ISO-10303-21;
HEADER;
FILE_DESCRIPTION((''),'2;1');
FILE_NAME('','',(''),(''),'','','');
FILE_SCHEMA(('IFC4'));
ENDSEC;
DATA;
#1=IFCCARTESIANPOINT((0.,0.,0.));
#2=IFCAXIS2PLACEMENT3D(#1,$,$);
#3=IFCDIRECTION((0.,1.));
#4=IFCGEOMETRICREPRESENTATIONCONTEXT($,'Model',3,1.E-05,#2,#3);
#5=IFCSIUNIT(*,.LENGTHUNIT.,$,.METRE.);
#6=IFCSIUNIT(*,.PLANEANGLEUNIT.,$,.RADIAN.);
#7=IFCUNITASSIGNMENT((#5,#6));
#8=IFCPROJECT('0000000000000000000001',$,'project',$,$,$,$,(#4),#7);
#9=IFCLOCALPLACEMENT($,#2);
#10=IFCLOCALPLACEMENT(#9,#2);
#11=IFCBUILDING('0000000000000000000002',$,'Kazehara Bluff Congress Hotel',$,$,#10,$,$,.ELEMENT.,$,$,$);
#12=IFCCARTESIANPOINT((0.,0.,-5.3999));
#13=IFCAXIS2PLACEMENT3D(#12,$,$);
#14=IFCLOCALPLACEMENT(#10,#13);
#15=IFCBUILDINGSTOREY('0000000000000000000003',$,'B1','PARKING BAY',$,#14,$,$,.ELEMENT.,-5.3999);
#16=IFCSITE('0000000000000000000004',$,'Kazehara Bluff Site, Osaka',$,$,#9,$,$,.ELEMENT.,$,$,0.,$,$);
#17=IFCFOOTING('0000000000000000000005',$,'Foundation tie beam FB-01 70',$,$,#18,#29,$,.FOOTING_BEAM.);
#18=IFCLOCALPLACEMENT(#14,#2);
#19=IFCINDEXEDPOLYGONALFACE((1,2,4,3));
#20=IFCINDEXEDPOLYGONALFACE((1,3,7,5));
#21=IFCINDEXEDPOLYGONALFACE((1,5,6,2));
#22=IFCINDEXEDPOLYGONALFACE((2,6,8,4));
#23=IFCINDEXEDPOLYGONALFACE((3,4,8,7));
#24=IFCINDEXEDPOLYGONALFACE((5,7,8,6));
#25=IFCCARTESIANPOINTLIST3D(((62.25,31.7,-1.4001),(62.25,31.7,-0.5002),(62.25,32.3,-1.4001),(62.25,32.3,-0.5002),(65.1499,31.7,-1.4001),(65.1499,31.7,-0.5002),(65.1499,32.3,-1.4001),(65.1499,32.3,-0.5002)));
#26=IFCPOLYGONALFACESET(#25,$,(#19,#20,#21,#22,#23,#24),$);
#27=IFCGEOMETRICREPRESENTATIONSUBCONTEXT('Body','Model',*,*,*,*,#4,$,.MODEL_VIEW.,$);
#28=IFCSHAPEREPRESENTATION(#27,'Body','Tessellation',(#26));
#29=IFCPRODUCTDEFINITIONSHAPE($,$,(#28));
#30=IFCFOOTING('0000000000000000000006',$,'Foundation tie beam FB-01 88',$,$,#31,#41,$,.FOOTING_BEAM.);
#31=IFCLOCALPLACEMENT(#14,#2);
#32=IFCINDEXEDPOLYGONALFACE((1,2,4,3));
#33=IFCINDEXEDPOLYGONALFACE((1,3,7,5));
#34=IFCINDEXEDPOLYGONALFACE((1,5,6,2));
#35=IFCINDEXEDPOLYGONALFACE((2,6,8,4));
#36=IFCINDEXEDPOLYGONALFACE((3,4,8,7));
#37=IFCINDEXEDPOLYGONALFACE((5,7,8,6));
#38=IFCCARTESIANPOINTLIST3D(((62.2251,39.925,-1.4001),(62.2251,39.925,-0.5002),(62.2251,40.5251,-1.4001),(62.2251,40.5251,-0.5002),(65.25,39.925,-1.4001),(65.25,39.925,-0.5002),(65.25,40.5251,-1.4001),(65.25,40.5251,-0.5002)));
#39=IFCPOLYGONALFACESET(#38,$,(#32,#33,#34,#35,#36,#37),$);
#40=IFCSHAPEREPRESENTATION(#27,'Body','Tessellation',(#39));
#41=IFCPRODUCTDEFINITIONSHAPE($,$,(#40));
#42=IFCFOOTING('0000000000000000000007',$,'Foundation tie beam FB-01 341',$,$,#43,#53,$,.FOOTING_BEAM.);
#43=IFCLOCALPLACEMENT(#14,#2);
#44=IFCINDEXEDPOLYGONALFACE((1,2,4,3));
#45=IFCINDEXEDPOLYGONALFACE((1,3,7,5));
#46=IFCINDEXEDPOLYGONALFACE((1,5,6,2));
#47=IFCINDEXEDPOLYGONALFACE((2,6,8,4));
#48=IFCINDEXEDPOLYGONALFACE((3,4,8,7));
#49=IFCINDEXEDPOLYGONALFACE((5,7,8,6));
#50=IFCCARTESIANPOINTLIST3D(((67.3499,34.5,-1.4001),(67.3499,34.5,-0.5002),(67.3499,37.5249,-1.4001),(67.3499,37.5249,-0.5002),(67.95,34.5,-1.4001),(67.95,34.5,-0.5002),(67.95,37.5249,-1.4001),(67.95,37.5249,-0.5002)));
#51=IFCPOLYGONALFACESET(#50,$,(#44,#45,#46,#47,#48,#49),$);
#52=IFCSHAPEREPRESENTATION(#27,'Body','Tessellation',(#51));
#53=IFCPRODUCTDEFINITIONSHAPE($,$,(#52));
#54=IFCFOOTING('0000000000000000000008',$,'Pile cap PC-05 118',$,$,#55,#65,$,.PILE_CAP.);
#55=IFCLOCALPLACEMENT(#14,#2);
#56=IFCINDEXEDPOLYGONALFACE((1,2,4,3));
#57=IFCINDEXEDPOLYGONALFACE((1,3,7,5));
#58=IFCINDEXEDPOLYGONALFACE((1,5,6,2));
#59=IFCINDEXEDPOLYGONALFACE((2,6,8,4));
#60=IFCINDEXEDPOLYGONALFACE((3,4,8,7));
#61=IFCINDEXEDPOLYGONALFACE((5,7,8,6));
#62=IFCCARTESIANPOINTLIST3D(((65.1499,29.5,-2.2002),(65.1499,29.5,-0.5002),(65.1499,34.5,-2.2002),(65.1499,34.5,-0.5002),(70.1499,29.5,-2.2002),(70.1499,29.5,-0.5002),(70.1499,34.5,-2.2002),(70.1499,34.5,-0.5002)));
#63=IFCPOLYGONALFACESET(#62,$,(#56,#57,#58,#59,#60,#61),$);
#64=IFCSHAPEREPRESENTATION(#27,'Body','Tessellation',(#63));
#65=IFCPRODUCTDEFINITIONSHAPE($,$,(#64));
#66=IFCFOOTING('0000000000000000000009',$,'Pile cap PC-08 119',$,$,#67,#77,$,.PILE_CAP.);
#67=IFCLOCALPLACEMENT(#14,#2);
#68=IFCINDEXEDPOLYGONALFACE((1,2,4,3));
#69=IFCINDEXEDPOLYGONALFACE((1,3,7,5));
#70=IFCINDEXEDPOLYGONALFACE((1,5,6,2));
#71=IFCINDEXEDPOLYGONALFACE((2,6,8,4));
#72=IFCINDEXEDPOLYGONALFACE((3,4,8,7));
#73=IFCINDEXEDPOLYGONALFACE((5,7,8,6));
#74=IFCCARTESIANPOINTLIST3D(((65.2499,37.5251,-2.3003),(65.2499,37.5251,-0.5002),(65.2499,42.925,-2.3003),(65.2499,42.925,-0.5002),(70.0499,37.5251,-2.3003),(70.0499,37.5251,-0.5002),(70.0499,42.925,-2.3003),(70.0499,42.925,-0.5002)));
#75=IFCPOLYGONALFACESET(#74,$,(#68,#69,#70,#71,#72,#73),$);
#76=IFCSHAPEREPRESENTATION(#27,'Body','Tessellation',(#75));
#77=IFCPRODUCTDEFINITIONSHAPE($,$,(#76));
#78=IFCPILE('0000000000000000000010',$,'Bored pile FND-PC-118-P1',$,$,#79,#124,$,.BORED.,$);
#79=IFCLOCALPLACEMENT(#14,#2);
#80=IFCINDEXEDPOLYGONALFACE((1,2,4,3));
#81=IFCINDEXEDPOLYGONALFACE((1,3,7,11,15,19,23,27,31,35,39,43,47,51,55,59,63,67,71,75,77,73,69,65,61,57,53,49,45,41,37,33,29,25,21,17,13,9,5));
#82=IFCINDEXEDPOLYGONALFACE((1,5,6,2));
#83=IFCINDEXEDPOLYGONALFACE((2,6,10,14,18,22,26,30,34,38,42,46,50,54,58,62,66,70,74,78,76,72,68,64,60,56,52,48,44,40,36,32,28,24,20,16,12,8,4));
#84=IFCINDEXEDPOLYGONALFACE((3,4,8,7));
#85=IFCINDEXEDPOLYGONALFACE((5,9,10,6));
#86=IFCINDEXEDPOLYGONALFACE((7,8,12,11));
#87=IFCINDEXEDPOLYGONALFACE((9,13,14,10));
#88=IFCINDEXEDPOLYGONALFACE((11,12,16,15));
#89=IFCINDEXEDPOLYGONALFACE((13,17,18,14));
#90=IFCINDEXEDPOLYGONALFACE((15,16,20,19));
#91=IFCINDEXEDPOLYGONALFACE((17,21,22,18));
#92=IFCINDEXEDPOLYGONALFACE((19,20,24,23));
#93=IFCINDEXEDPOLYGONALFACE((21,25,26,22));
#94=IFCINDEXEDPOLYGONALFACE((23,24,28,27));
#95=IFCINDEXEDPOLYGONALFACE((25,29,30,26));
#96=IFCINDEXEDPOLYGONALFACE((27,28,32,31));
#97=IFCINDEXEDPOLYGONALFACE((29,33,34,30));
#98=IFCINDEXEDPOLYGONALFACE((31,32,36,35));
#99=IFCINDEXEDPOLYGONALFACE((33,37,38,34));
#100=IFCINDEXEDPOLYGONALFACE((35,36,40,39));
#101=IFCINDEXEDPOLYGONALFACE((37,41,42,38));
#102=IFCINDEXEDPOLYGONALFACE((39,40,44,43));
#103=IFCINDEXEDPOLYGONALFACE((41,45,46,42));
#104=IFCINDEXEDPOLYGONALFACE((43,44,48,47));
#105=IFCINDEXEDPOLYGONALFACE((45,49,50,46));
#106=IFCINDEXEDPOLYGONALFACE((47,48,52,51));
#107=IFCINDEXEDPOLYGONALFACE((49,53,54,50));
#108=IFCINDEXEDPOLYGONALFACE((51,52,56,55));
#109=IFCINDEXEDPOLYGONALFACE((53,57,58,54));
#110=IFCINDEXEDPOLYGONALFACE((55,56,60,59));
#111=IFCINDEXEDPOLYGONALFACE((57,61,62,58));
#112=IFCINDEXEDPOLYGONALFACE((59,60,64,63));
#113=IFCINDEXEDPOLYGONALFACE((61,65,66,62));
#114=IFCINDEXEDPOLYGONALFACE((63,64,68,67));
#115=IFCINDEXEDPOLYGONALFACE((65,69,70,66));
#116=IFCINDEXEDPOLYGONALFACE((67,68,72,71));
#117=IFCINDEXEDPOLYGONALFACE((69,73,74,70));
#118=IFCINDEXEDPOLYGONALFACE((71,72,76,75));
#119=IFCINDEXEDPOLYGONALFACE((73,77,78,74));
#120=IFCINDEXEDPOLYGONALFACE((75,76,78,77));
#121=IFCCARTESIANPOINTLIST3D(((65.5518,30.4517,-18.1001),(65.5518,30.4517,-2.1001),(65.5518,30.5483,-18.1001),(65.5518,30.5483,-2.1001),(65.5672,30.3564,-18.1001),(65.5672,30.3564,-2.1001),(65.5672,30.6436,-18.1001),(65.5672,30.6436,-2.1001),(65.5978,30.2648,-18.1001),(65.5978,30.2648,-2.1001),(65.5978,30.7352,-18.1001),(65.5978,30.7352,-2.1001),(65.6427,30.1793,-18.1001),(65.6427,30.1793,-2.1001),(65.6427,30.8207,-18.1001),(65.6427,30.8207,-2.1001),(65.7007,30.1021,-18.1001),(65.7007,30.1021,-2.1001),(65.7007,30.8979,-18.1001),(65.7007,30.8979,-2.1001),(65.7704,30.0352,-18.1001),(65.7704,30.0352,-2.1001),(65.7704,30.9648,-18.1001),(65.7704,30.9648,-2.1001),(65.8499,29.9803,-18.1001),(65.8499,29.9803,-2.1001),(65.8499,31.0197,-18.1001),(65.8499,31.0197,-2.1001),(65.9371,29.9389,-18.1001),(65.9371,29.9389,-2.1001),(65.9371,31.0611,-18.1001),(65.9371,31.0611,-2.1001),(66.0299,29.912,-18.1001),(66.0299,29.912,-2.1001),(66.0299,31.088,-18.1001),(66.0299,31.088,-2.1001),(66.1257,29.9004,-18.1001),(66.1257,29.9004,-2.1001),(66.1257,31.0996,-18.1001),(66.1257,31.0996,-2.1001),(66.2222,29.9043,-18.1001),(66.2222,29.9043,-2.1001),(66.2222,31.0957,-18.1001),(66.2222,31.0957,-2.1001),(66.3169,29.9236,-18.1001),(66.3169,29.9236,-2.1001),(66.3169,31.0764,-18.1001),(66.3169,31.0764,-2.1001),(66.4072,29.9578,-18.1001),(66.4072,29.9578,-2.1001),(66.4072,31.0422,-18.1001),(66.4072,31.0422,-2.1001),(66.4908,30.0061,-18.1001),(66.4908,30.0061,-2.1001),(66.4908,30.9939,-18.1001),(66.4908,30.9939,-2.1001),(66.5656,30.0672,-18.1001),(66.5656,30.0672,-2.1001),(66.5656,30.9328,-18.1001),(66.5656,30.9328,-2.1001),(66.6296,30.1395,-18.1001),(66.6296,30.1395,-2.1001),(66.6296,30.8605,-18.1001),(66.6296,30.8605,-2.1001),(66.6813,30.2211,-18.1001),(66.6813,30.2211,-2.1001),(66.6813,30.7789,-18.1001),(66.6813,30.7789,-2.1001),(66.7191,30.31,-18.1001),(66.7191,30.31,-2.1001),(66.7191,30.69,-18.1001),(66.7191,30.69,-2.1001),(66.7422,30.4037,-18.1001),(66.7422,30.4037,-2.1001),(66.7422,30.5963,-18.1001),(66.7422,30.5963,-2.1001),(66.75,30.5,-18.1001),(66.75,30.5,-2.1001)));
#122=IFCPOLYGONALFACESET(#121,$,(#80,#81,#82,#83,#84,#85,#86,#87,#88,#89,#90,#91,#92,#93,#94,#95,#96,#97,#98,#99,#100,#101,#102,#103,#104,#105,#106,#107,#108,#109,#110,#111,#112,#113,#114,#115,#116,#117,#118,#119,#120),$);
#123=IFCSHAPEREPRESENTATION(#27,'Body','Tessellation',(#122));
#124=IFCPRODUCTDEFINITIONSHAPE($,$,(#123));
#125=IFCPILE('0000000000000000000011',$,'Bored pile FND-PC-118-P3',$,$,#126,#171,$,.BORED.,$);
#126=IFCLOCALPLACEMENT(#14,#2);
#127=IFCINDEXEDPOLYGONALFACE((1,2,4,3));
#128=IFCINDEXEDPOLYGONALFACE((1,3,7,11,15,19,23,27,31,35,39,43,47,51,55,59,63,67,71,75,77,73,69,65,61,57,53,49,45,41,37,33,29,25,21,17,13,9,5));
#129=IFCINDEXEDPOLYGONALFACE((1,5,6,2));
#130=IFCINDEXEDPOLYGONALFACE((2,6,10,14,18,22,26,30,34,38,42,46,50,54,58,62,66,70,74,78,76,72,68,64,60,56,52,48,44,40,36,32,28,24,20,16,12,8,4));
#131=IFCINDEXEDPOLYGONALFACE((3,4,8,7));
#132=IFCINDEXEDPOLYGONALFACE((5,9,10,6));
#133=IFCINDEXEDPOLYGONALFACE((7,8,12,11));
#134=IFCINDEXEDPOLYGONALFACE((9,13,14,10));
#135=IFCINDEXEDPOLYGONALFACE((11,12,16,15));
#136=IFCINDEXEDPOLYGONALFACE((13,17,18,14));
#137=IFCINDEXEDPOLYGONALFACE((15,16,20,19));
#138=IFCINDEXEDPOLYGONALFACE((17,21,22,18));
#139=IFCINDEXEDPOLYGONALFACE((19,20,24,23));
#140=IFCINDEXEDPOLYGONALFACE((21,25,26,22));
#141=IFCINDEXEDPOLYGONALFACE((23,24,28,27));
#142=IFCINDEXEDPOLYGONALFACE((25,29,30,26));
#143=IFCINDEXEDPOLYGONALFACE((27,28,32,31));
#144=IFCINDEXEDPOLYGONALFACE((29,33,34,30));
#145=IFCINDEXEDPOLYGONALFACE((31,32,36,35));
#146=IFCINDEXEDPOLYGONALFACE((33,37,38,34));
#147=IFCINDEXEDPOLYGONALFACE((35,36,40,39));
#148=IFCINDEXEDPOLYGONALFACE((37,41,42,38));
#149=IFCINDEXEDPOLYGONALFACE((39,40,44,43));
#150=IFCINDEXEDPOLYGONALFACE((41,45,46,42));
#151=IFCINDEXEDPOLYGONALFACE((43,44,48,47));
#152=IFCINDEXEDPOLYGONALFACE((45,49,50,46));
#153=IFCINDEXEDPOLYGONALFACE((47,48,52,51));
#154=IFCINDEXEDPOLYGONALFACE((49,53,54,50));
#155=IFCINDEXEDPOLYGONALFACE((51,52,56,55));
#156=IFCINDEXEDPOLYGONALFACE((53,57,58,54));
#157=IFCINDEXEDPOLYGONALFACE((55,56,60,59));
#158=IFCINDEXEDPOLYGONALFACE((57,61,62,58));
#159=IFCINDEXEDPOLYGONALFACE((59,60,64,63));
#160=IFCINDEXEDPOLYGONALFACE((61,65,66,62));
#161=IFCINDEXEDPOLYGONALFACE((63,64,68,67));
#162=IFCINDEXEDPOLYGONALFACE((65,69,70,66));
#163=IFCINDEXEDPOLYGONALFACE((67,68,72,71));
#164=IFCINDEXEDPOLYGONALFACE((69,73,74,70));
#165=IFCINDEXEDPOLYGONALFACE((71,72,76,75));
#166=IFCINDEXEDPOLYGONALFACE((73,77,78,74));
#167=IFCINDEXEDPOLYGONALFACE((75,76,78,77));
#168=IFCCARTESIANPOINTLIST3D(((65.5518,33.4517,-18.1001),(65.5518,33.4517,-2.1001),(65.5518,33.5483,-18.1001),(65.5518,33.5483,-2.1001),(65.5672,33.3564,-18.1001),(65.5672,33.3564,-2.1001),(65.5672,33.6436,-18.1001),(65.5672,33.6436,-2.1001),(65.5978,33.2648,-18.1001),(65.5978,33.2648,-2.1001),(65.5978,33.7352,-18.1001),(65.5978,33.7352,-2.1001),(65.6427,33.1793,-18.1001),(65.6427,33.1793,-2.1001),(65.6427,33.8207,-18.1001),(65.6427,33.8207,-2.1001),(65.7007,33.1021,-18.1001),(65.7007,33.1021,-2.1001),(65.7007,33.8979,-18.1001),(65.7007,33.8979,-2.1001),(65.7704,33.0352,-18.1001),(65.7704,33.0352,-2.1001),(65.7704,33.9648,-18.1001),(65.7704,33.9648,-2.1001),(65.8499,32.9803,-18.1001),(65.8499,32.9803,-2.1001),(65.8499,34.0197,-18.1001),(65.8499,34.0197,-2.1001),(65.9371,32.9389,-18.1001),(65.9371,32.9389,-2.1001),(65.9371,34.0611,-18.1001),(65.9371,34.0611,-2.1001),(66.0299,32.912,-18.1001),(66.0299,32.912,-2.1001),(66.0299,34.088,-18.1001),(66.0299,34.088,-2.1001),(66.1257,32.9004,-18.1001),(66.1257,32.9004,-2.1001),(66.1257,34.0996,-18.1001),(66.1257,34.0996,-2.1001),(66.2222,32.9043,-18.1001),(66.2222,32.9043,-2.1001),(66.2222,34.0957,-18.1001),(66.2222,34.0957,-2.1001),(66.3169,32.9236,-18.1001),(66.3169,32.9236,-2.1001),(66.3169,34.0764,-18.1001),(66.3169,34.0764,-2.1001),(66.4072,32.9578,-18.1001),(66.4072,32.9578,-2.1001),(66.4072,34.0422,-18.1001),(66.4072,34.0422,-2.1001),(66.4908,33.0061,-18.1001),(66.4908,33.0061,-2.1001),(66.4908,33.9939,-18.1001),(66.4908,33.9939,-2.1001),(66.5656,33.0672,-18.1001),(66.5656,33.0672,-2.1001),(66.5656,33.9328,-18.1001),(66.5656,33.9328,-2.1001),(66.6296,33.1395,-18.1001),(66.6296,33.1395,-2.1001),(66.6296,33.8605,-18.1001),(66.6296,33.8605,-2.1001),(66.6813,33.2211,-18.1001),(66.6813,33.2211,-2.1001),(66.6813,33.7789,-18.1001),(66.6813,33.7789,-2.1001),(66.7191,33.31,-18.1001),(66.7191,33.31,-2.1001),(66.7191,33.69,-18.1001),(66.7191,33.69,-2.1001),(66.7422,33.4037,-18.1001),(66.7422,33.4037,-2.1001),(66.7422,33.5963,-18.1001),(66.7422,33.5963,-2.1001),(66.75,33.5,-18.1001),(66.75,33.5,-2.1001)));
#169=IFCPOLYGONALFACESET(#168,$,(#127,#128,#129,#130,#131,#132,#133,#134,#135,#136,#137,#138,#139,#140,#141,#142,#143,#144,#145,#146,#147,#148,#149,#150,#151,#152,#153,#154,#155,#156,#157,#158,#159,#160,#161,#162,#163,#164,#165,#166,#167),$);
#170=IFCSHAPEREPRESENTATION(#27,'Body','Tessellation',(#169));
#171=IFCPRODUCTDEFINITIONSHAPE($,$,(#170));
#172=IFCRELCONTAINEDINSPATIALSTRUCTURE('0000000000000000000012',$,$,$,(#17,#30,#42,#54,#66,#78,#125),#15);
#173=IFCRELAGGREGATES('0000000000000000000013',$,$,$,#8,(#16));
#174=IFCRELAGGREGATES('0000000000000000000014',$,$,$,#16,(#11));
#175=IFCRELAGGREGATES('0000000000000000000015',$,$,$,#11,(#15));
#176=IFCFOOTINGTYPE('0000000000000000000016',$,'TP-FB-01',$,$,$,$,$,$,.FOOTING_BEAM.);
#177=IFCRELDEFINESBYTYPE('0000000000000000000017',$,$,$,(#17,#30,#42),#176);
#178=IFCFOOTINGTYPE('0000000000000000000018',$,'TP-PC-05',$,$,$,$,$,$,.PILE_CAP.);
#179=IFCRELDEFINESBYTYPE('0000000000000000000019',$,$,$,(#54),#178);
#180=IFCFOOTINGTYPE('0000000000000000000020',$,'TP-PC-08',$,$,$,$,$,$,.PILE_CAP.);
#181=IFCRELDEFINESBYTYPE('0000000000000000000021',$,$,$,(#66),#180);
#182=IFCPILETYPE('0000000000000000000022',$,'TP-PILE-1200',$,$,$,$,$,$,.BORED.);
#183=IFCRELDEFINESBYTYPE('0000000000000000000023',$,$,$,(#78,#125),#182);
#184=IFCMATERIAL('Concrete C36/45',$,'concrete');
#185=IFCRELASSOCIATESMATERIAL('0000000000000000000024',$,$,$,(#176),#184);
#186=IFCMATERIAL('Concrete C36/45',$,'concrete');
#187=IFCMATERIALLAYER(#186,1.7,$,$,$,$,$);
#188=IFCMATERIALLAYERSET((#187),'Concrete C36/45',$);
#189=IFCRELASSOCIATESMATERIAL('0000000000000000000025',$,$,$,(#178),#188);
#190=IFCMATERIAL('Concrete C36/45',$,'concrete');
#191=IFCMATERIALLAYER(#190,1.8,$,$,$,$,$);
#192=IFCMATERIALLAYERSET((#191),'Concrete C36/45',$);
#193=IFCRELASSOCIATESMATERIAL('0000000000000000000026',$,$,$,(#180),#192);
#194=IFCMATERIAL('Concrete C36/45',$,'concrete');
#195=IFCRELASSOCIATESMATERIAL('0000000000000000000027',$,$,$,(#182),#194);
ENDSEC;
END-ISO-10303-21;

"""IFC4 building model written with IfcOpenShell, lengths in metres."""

from ifc_helpers import new_model, si_unit, direction, frame, origin, origin_2d, place, context, subcontext, project, spatial, rectangle, circle, extrude, material, layer, layer_set, material_profile, profile_set, type_object, element, save


model = new_model("IFC4")

# Units and contexts
model_context = context("Model", 3, precision=1e-05, world=origin(), true_north=direction((0.0, 1.0)))
body_context = subcontext(model_context, "Body", "Model", "MODEL_VIEW")
ifc_project = project(units=[si_unit("LENGTHUNIT", "METRE"), si_unit("PLANEANGLEUNIT", "RADIAN")], contexts=[model_context])

# Site, building, storey
site_placement = place(None, origin())
site = spatial("IfcSite", under=ifc_project, at=site_placement, Name="Kazehara Bluff Site, Osaka", CompositionType="ELEMENT", RefElevation=0.0)
building_placement = place(site_placement, origin())
building = spatial("IfcBuilding", under=site, at=building_placement, Name="Kazehara Bluff Congress Hotel", CompositionType="ELEMENT")
storey_placement = place(building_placement, frame((0.0, 0.0, -5.3999)))
storey = spatial("IfcBuildingStorey", under=building, at=storey_placement, Name="B1", Description="PARKING BAY", CompositionType="ELEMENT", Elevation=-5.3999)

# Footings
ifc_material_1 = material(Name="Concrete C36/45", Category="concrete")
ifc_material_profile_1 = material_profile(ifc_material_1, rectangle(XDim=0.6001, YDim=0.8999, at=origin_2d()))
ifc_profile_set_1 = profile_set([ifc_material_profile_1], Name="Concrete C36/45")
footing_type_1 = type_object("IfcFootingType", Name="TP-FB-01", PredefinedType="FOOTING_BEAM", material=ifc_profile_set_1)
footing_1_placement = place(storey_placement, frame((62.25, 32.0, -0.9502), z_axis=(1.0, 0.0, 0.0), x_axis=(0.0, 1.0, 0.0)))
element("IfcFooting", 1, at=footing_1_placement, inside=storey, type_object=footing_type_1, Name="Foundation tie beam FB-01 70", PredefinedType="FOOTING_BEAM", context=body_context, shape_type="SweptSolid", body=[
    extrude(rectangle(XDim=0.6001, YDim=0.8999, at=origin_2d()), origin(), (0.0, 0.0, 1.0), 2.8999),
])
for number, where, z_axis, x_axis, name in (
    (2, (62.2251, 40.2251, -0.9502), (1.0, 0.0, 0.0), (0.0, 1.0, 0.0), "Foundation tie beam FB-01 88"),
    (3, (67.6499, 34.5, -0.9502), (0.0, 1.0, 0.0), (-1.0, 0.0, 0.0), "Foundation tie beam FB-01 341"),
):
    element("IfcFooting", number, at=place(storey_placement, frame(where, z_axis=z_axis, x_axis=x_axis)), inside=storey, type_object=footing_type_1, Name=name, PredefinedType="FOOTING_BEAM", context=body_context, shape_type="SweptSolid", body=[
        extrude(rectangle(XDim=0.6001, YDim=0.8999, at=origin_2d()), origin(), (0.0, 0.0, 1.0), 3.0249),
    ])
ifc_material_2 = material(Name="Concrete C36/45", Category="concrete")
ifc_layer_1 = layer(ifc_material_2, 1.7)
ifc_layer_set_1 = layer_set([ifc_layer_1], Name="Concrete C36/45")
footing_type_2 = type_object("IfcFootingType", Name="TP-PC-05", PredefinedType="PILE_CAP", material=ifc_layer_set_1)
footing_2_placement = place(storey_placement, frame((67.6499, 32.0, -2.2002), z_axis=(0.0, 0.0, 1.0), x_axis=(1.0, 0.0, 0.0)))
element("IfcFooting", 4, at=footing_2_placement, inside=storey, type_object=footing_type_2, Name="Pile cap PC-05 118", PredefinedType="PILE_CAP", context=body_context, shape_type="SweptSolid", body=[
    extrude(rectangle(XDim=5.0, YDim=5.0, at=origin_2d()), origin(), (0.0, 0.0, 1.0), 1.7),
])
ifc_material_3 = material(Name="Concrete C36/45", Category="concrete")
ifc_layer_2 = layer(ifc_material_3, 1.8)
ifc_layer_set_2 = layer_set([ifc_layer_2], Name="Concrete C36/45")
footing_type_3 = type_object("IfcFootingType", Name="TP-PC-08", PredefinedType="PILE_CAP", material=ifc_layer_set_2)
footing_3_placement = place(storey_placement, frame((67.6499, 40.2251, -2.3003), z_axis=(0.0, 0.0, 1.0), x_axis=(1.0, 0.0, 0.0)))
element("IfcFooting", 5, at=footing_3_placement, inside=storey, type_object=footing_type_3, Name="Pile cap PC-08 119", PredefinedType="PILE_CAP", context=body_context, shape_type="SweptSolid", body=[
    extrude(rectangle(XDim=4.8, YDim=5.3999, at=origin_2d()), origin(), (0.0, 0.0, 1.0), 1.8),
])

# Piles
ifc_material_4 = material(Name="Concrete C36/45", Category="concrete")
ifc_material_profile_2 = material_profile(ifc_material_4, circle(Radius=0.6001, at=origin_2d()))
ifc_profile_set_2 = profile_set([ifc_material_profile_2], Name="Concrete C36/45")
pile_type_1 = type_object("IfcPileType", Name="TP-PILE-1200", PredefinedType="BORED", material=ifc_profile_set_2)
for number, where, z_axis, x_axis, name in (
    (6, (66.1499, 30.5, -2.1001), (0.0, 0.0, -1.0), (1.0, 0.0, 0.0), "Bored pile FND-PC-118-P1"),
    (7, (66.1499, 33.5, -2.1001), (0.0, 0.0, -1.0), (1.0, 0.0, 0.0), "Bored pile FND-PC-118-P3"),
):
    element("IfcPile", number, at=place(storey_placement, frame(where, z_axis=z_axis, x_axis=x_axis)), inside=storey, type_object=pile_type_1, Name=name, PredefinedType="BORED", context=body_context, shape_type="SweptSolid", body=[
        extrude(circle(Radius=0.6001, at=origin_2d()), origin(), (0.0, 0.0, 1.0), 16.0),
    ])

save(model, "model.ifc")
